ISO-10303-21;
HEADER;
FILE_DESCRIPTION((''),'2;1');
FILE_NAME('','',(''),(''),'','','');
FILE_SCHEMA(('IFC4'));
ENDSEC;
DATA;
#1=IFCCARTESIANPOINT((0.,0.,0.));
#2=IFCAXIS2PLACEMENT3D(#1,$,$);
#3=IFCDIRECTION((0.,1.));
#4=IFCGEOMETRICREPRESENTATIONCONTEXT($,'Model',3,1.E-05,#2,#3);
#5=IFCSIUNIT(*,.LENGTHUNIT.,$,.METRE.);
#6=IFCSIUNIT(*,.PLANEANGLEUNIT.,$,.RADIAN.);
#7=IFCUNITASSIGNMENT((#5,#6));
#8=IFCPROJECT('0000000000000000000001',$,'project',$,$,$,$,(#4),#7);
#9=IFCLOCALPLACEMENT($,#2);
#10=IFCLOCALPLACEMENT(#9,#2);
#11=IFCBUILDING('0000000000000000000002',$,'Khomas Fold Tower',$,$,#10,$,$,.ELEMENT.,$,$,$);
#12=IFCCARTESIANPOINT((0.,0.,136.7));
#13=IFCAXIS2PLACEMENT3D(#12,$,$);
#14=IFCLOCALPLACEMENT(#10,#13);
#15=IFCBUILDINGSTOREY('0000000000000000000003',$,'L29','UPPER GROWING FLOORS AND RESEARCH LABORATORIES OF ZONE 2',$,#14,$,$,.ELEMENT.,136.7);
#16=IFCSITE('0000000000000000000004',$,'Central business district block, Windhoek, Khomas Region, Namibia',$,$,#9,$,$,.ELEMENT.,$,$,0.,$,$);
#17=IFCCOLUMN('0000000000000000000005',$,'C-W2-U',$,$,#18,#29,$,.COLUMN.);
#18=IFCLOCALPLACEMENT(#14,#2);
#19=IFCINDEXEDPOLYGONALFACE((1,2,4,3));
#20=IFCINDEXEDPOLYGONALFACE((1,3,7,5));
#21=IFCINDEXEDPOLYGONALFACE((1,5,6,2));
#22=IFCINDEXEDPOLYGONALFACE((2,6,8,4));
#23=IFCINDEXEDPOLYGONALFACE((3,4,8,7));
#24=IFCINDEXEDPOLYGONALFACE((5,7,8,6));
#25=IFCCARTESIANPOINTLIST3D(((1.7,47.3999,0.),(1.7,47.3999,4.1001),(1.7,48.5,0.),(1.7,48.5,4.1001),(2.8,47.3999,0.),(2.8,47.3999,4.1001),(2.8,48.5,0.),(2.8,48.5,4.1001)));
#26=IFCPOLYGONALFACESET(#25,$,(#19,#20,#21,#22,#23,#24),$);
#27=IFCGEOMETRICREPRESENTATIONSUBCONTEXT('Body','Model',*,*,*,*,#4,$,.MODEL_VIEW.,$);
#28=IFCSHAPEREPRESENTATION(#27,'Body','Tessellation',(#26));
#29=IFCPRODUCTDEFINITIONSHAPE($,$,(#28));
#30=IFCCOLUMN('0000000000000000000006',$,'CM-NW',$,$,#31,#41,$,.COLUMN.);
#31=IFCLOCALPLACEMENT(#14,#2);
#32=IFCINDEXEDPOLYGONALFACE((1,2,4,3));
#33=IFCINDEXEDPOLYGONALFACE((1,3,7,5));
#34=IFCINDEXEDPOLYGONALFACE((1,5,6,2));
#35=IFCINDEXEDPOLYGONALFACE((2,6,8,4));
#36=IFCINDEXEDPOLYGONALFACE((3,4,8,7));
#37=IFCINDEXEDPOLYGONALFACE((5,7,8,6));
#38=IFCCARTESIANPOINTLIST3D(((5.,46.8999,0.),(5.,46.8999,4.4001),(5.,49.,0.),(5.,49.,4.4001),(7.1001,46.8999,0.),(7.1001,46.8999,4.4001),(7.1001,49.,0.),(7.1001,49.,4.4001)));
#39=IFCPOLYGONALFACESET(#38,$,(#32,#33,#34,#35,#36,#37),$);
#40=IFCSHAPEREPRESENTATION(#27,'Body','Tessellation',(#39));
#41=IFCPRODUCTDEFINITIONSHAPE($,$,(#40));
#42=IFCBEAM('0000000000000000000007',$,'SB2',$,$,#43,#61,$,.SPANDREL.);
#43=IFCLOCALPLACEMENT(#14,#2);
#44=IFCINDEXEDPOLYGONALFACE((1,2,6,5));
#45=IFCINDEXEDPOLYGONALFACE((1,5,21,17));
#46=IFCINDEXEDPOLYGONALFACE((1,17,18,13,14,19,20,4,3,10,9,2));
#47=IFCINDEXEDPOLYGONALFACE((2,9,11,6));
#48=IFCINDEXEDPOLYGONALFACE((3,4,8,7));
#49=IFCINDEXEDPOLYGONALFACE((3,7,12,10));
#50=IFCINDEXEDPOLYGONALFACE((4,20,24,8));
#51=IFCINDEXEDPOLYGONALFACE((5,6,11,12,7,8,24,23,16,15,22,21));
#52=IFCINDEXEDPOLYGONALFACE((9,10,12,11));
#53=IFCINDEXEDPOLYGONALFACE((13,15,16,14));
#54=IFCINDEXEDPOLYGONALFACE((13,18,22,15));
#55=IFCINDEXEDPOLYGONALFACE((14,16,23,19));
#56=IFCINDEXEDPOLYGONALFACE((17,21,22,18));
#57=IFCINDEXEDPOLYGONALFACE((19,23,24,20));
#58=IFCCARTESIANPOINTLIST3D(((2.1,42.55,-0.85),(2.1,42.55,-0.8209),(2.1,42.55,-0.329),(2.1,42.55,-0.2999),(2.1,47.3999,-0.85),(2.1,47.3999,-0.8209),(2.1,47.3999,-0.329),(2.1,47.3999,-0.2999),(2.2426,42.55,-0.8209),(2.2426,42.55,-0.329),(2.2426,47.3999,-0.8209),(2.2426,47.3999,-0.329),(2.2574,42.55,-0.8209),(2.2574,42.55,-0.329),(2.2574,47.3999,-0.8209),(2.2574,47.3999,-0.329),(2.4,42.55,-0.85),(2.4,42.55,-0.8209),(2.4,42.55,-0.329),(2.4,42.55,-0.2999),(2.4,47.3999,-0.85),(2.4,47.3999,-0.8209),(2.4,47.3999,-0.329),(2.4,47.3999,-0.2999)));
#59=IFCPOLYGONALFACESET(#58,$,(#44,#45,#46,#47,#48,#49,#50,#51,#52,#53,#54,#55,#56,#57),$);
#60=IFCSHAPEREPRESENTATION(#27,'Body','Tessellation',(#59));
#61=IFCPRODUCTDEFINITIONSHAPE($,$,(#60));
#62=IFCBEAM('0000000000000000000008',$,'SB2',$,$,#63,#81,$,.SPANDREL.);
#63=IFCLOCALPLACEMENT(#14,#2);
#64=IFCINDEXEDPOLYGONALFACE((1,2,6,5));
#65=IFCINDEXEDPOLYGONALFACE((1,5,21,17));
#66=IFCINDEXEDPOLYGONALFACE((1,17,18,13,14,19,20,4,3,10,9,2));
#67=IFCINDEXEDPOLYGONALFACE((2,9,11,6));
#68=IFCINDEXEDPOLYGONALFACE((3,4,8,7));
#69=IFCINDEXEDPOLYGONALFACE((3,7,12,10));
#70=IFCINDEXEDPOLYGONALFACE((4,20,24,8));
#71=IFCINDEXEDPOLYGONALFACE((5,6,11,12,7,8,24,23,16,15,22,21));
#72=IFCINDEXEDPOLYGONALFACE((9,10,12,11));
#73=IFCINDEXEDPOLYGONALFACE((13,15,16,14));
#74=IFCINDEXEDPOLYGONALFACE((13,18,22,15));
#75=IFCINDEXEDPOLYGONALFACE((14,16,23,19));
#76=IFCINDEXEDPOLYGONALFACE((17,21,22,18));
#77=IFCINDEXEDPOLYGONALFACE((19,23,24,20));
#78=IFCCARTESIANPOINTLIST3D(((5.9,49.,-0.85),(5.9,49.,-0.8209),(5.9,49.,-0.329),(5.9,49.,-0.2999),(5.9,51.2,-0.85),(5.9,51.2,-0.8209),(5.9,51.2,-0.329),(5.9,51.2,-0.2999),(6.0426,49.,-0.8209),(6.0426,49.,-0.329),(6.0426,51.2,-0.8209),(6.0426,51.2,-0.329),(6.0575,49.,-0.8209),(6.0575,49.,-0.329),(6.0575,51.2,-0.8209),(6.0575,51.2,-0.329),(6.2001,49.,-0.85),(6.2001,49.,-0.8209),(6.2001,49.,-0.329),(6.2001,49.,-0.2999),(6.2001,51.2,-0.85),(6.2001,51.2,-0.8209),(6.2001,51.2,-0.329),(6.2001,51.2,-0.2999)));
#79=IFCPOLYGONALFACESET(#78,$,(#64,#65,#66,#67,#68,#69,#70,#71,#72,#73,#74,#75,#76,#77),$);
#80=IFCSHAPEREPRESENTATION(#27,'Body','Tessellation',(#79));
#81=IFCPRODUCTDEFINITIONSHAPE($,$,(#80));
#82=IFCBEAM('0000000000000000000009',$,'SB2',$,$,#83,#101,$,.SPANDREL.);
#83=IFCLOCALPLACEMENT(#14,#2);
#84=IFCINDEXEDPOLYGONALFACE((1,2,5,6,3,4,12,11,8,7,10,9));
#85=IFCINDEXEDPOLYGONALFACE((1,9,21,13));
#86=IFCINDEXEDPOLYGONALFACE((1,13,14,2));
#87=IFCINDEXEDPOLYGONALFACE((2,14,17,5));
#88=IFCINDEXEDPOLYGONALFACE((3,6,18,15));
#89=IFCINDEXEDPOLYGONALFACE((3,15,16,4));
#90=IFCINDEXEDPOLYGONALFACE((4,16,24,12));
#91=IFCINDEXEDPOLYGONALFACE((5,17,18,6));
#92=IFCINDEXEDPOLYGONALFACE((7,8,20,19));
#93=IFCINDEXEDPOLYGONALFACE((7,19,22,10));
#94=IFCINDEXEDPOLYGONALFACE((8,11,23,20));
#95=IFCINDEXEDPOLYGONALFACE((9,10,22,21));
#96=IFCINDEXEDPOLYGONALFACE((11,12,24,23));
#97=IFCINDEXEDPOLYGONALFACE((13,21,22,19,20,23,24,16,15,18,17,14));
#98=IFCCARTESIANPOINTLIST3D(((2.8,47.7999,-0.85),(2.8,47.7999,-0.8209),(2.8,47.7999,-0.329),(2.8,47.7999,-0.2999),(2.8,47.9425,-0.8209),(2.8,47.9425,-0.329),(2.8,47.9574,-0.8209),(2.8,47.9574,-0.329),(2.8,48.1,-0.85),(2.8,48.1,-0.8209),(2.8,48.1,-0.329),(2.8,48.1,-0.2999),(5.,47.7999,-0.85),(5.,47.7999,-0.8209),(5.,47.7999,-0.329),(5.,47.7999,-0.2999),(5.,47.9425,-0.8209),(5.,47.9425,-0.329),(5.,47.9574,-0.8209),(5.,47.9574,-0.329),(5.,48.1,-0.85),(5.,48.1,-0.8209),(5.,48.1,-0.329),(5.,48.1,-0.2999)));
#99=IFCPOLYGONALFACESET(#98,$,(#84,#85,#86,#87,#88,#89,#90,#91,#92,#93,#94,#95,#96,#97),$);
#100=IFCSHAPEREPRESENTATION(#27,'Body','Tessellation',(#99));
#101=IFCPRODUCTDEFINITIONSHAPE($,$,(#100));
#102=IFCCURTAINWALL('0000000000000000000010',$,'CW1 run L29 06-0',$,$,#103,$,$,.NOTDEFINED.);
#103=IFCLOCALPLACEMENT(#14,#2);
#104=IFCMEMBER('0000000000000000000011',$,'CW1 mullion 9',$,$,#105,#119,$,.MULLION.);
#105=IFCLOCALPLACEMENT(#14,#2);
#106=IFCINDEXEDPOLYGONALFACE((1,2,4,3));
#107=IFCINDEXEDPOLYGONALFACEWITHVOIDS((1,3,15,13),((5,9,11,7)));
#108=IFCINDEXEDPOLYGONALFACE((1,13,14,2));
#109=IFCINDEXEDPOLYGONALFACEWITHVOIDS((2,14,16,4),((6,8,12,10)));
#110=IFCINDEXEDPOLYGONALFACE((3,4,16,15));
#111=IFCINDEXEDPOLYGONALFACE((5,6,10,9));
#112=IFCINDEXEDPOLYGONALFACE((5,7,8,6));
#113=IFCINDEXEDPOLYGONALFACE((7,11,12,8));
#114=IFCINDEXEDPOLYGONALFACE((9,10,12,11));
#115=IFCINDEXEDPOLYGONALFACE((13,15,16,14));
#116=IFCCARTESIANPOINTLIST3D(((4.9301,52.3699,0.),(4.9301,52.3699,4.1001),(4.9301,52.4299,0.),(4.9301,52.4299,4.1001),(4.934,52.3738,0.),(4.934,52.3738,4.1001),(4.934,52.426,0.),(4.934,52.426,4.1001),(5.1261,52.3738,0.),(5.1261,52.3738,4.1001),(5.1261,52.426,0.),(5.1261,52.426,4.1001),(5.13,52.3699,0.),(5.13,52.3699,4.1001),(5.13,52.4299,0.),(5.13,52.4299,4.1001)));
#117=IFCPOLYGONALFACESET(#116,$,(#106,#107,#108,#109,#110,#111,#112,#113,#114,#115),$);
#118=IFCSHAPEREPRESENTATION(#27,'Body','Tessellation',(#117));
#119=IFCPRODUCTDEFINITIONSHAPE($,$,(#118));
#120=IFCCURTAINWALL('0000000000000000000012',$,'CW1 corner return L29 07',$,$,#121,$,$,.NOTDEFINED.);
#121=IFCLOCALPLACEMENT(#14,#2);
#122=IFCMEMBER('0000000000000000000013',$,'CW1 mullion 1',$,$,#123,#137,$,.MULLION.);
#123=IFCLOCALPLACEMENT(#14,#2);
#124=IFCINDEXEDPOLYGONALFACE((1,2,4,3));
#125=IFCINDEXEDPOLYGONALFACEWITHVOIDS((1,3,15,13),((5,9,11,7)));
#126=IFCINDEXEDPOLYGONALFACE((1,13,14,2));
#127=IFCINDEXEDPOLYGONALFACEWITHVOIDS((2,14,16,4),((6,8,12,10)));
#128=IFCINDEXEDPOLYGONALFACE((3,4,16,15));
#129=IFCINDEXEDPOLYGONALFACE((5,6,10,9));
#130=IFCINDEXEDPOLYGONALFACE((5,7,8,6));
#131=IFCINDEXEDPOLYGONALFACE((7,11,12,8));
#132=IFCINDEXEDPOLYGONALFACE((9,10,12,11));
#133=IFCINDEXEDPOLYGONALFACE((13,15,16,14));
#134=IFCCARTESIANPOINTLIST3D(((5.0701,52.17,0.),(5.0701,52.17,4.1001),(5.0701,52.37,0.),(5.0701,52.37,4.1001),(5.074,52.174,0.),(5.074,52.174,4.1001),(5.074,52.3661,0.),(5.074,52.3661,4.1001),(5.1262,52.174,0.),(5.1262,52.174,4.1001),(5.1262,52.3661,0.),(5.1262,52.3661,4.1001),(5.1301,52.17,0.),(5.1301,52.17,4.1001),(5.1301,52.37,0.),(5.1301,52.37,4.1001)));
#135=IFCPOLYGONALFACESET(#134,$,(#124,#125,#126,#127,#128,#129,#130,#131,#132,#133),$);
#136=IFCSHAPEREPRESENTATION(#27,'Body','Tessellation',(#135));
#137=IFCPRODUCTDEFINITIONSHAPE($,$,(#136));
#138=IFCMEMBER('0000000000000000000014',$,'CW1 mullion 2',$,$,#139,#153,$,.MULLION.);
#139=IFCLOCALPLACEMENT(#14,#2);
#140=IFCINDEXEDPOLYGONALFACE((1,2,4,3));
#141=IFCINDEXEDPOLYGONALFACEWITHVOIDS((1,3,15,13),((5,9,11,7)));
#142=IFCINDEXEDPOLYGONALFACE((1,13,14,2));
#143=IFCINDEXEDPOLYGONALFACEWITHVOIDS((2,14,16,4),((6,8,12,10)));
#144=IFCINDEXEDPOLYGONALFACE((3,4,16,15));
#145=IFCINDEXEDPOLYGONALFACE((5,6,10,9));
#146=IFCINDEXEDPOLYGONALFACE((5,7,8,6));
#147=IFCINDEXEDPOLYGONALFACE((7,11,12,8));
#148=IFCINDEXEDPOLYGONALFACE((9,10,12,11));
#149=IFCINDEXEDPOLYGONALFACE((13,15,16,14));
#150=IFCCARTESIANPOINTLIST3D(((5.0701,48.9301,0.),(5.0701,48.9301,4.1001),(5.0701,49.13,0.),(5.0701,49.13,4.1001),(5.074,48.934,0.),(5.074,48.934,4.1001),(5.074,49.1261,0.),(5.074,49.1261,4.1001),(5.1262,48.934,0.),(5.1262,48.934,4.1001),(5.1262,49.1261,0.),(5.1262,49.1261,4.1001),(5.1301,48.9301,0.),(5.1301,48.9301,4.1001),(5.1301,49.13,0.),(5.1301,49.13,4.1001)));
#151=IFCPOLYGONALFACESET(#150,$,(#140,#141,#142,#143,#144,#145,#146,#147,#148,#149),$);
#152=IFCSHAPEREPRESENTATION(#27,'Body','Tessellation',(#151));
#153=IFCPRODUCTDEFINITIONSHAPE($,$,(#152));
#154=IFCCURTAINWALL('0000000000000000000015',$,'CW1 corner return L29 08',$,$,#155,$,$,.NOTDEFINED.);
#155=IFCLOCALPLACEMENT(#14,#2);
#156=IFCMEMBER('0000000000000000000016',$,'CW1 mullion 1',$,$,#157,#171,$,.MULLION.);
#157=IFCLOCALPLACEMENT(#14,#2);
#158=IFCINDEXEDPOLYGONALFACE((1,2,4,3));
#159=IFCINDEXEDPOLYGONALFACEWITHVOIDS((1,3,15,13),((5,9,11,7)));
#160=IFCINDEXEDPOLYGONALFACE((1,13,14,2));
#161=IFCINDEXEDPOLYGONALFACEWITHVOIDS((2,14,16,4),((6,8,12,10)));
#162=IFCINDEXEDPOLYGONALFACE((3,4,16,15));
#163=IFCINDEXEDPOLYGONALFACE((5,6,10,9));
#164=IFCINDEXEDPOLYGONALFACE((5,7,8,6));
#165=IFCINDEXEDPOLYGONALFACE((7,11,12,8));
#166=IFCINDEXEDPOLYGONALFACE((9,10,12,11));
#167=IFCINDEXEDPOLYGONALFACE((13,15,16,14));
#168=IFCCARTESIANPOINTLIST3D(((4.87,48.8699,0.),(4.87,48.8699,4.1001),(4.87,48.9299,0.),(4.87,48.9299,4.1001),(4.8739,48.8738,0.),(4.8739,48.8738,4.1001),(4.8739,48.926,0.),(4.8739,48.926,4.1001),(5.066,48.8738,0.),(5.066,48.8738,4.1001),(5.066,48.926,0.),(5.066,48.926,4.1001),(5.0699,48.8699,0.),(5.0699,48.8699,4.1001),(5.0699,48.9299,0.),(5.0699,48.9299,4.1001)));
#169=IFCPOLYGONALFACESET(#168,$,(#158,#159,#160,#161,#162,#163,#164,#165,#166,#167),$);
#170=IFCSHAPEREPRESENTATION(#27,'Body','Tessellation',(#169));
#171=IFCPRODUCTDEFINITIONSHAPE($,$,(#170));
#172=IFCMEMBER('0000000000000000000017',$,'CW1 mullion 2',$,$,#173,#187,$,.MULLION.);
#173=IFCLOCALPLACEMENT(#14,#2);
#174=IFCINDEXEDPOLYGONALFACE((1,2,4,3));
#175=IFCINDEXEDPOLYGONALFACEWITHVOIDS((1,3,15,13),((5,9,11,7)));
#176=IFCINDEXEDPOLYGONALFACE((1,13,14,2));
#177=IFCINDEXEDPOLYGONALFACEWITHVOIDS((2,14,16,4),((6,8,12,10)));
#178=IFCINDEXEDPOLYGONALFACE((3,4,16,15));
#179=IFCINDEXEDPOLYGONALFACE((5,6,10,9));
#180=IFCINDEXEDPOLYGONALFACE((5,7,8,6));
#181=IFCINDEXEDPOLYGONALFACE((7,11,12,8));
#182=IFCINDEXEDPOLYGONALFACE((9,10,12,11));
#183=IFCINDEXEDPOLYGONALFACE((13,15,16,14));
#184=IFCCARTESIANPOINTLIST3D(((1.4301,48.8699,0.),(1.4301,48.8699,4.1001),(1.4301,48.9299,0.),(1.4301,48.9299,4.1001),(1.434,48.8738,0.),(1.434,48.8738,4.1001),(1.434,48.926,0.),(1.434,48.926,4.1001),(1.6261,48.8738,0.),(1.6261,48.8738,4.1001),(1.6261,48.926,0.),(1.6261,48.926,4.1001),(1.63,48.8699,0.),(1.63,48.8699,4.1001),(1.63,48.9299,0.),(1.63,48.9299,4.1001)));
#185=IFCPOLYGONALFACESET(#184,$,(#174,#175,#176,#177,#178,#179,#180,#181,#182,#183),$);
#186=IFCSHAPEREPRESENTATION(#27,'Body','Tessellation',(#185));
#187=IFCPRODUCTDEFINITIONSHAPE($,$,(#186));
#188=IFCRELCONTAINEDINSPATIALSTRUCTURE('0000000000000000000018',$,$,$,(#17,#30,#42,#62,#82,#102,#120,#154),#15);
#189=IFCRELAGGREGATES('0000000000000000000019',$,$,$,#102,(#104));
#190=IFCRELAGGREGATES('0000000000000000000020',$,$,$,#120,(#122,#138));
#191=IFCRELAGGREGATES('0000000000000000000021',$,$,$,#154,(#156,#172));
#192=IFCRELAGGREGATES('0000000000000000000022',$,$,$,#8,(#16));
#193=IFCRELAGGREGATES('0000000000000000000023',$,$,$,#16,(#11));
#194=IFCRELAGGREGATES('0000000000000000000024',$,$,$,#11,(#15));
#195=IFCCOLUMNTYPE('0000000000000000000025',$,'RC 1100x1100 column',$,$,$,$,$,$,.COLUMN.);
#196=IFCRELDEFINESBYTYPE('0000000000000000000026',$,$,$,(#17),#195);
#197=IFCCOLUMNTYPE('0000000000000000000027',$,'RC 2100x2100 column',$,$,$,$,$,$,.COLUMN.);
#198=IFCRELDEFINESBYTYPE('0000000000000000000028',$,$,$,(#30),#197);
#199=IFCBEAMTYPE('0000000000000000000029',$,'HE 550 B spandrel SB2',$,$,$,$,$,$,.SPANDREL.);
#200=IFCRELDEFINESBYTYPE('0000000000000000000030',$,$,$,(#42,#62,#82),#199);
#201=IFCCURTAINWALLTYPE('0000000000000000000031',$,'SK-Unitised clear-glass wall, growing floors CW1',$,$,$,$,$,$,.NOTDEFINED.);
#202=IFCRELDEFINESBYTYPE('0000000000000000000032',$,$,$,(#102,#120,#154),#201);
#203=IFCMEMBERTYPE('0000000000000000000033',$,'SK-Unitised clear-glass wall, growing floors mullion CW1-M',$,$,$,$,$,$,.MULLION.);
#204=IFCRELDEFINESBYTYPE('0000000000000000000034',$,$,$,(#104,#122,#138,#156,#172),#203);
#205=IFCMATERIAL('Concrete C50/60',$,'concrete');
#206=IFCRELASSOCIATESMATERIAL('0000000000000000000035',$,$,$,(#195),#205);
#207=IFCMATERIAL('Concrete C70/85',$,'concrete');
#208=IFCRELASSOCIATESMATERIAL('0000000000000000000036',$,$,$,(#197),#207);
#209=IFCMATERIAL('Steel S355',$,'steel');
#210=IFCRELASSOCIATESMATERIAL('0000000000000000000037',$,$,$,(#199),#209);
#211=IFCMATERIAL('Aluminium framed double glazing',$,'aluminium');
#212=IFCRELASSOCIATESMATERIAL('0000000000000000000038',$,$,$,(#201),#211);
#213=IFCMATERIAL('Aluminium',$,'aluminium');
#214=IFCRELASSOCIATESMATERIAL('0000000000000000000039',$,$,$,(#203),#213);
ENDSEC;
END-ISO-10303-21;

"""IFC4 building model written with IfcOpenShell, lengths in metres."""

from ifc_helpers import new_model, si_unit, direction, frame, origin, origin_2d, place, context, subcontext, project, spatial, rectangle, hollow_rectangle, i_section, extrude, source, transform, mapped, material, material_profile, profile_set, type_object, element, aggregate, save


model = new_model("IFC4")

# Units and contexts
model_context = context("Model", 3, precision=1e-05, world=origin(), true_north=direction((0.0, 1.0)))
body_context = subcontext(model_context, "Body", "Model", "MODEL_VIEW")
ifc_project = project(units=[si_unit("LENGTHUNIT", "METRE"), si_unit("PLANEANGLEUNIT", "RADIAN")], contexts=[model_context])

# Site, building, storey
site_placement = place(None, origin())
site = spatial("IfcSite", under=ifc_project, at=site_placement, Name="Central business district block, Windhoek, Khomas Region, Namibia", CompositionType="ELEMENT", RefElevation=0.0)
building_placement = place(site_placement, origin())
building = spatial("IfcBuilding", under=site, at=building_placement, Name="Khomas Fold Tower", CompositionType="ELEMENT")
storey_placement = place(building_placement, frame((0.0, 0.0, 136.7)))
storey = spatial("IfcBuildingStorey", under=building, at=storey_placement, Name="L29", Description="UPPER GROWING FLOORS AND RESEARCH LABORATORIES OF ZONE 2", CompositionType="ELEMENT", Elevation=136.7)

# Columns
ifc_material_1 = material(Name="Concrete C50/60", Category="concrete")
ifc_material_profile_1 = material_profile(ifc_material_1, rectangle(XDim=1.1001, YDim=1.1001, at=origin_2d()), Name="RC 1100x1100")
ifc_profile_set_1 = profile_set([ifc_material_profile_1], Name="Concrete C50/60")
column_type_1 = type_object("IfcColumnType", Name="RC 1100x1100 column", PredefinedType="COLUMN", material=ifc_profile_set_1)
shared_shape_1 = source(origin(), body_context, "Body", "SweptSolid", [
    extrude(rectangle(XDim=1.1001, YDim=1.1001, at=origin_2d()), origin(), (0.0, 0.0, 1.0), 4.1001),
])
column_1_placement = place(storey_placement, frame((2.25, 47.95, 0.0), z_axis=(0.0, 0.0, 1.0), x_axis=(1.0, 0.0, 0.0)))
element("IfcColumn", 1, at=column_1_placement, inside=storey, type_object=column_type_1, Name="C-W2-U", PredefinedType="COLUMN", context=body_context, shape_type="MappedRepresentation", body=[
    mapped(shared_shape_1, transform((0.0, 0.0, 0.0))),
])
ifc_material_2 = material(Name="Concrete C70/85", Category="concrete")
ifc_material_profile_2 = material_profile(ifc_material_2, rectangle(XDim=2.1001, YDim=2.1001, at=origin_2d()), Name="RC 2100x2100")
ifc_profile_set_2 = profile_set([ifc_material_profile_2], Name="Concrete C70/85")
column_type_2 = type_object("IfcColumnType", Name="RC 2100x2100 column", PredefinedType="COLUMN", material=ifc_profile_set_2)
shared_shape_2 = source(origin(), body_context, "Body", "SweptSolid", [
    extrude(rectangle(XDim=2.1001, YDim=2.1001, at=origin_2d()), origin(), (0.0, 0.0, 1.0), 4.4001),
])
column_2_placement = place(storey_placement, frame((6.05, 47.95, 0.0), z_axis=(0.0, 0.0, 1.0), x_axis=(1.0, 0.0, 0.0)))
element("IfcColumn", 2, at=column_2_placement, inside=storey, type_object=column_type_2, Name="CM-NW", PredefinedType="COLUMN", context=body_context, shape_type="MappedRepresentation", body=[
    mapped(shared_shape_2, transform((0.0, 0.0, 0.0))),
])

# Beams
ifc_material_3 = material(Name="Steel S355", Category="steel")
ifc_material_profile_3 = material_profile(ifc_material_3, i_section(OverallWidth=0.3, OverallDepth=0.55, WebThickness=0.0149, FlangeThickness=0.0291, at=origin_2d()), Name="HE 550 B")
ifc_profile_set_3 = profile_set([ifc_material_profile_3], Name="Steel S355")
beam_type = type_object("IfcBeamType", Name="HE 550 B spandrel SB2", PredefinedType="SPANDREL", material=ifc_profile_set_3)
shared_shape_3 = source(origin(), body_context, "Body", "SweptSolid", [
    extrude(i_section(OverallWidth=0.3, OverallDepth=0.55, WebThickness=0.0149, FlangeThickness=0.0291, at=origin_2d()), origin(), (0.0, 0.0, 1.0), 4.8499),
])
beam_placement = place(storey_placement, frame((2.25, 42.55, -0.575), z_axis=(0.0, 1.0, 0.0), x_axis=(-1.0, 0.0, 0.0)))
element("IfcBeam", 3, at=beam_placement, inside=storey, type_object=beam_type, Name="SB2", PredefinedType="SPANDREL", context=body_context, shape_type="MappedRepresentation", body=[
    mapped(shared_shape_3, transform((0.0, 0.0, 0.0))),
])
shared_shape_4 = source(origin(), body_context, "Body", "SweptSolid", [
    extrude(i_section(OverallWidth=0.3, OverallDepth=0.55, WebThickness=0.0149, FlangeThickness=0.0291, at=origin_2d()), origin(), (0.0, 0.0, 1.0), 2.2),
])
for number, where, z_axis, x_axis, name in (
    (4, (6.05, 49.0, -0.575), (0.0, 1.0, 0.0), (-1.0, 0.0, 0.0), "SB2"),
    (5, (2.8, 47.95, -0.575), (1.0, 0.0, 0.0), (0.0, 1.0, 0.0), "SB2"),
):
    element("IfcBeam", number, at=place(storey_placement, frame(where, z_axis=z_axis, x_axis=x_axis)), inside=storey, type_object=beam_type, Name=name, PredefinedType="SPANDREL", context=body_context, shape_type="MappedRepresentation", body=[
        mapped(shared_shape_4, transform((0.0, 0.0, 0.0))),
    ])

# Curtain wall, member
ifc_material_4 = material(Name="Aluminium framed double glazing", Category="aluminium")
curtain_wall_type = type_object("IfcCurtainWallType", Name="SK-Unitised clear-glass wall, growing floors CW1", PredefinedType="NOTDEFINED", material=ifc_material_4)
curtain_wall_1_placement = place(storey_placement, origin())
curtain_wall_1 = element("IfcCurtainWall", 6, at=curtain_wall_1_placement, inside=storey, type_object=curtain_wall_type, Name="CW1 run L29 06-0", PredefinedType="NOTDEFINED")
ifc_material_5 = material(Name="Aluminium", Category="aluminium")
ifc_material_profile_4 = material_profile(ifc_material_5, hollow_rectangle(XDim=0.0601, YDim=0.2, WallThickness=0.0039, at=origin_2d()), Name="SK-Unitised clear-glass wall, growing floors mullion CW1-M")
ifc_profile_set_4 = profile_set([ifc_material_profile_4], Name="Aluminium")
member_type_1 = type_object("IfcMemberType", Name="SK-Unitised clear-glass wall, growing floors mullion CW1-M", PredefinedType="MULLION", material=ifc_profile_set_4)
shared_shape_5 = source(origin(), body_context, "Body", "SweptSolid", [
    extrude(hollow_rectangle(XDim=0.0601, YDim=0.2, WallThickness=0.0039, at=origin_2d()), origin(), (0.0, 0.0, 1.0), 4.1001),
])
member_1_placement = place(storey_placement, frame((5.03, 52.3999, 0.0), z_axis=(0.0, 0.0, 1.0), x_axis=(0.0, -1.0, 0.0)))
member_1 = element("IfcMember", 7, at=member_1_placement, type_object=member_type_1, Name="CW1 mullion 9", PredefinedType="MULLION", context=body_context, shape_type="MappedRepresentation", body=[
    mapped(shared_shape_5, transform((0.0, 0.0, 0.0))),
])

# Curtain walls, members
curtain_wall_2_placement = place(storey_placement, origin())
curtain_wall_2 = element("IfcCurtainWall", 8, at=curtain_wall_2_placement, inside=storey, type_object=curtain_wall_type, Name="CW1 corner return L29 07", PredefinedType="NOTDEFINED")
member_2_placement = place(storey_placement, frame((5.1001, 52.27, 0.0), z_axis=(0.0, 0.0, 1.0), x_axis=(1.0, 0.0, 0.0)))
member_2 = element("IfcMember", 9, at=member_2_placement, type_object=member_type_1, Name="CW1 mullion 1", PredefinedType="MULLION", context=body_context, shape_type="MappedRepresentation", body=[
    mapped(shared_shape_5, transform((0.0, 0.0, 0.0))),
])
member_3_placement = place(storey_placement, frame((5.1001, 49.03, 0.0), z_axis=(0.0, 0.0, 1.0), x_axis=(1.0, 0.0, 0.0)))
member_3 = element("IfcMember", 10, at=member_3_placement, type_object=member_type_1, Name="CW1 mullion 2", PredefinedType="MULLION", context=body_context, shape_type="MappedRepresentation", body=[
    mapped(shared_shape_5, transform((0.0, 0.0, 0.0))),
])
curtain_wall_3_placement = place(storey_placement, origin())
curtain_wall_3 = element("IfcCurtainWall", 11, at=curtain_wall_3_placement, inside=storey, type_object=curtain_wall_type, Name="CW1 corner return L29 08", PredefinedType="NOTDEFINED")
member_4_placement = place(storey_placement, frame((4.97, 48.8999, 0.0), z_axis=(0.0, 0.0, 1.0), x_axis=(0.0, -1.0, 0.0)))
member_4 = element("IfcMember", 12, at=member_4_placement, type_object=member_type_1, Name="CW1 mullion 1", PredefinedType="MULLION", context=body_context, shape_type="MappedRepresentation", body=[
    mapped(shared_shape_5, transform((0.0, 0.0, 0.0))),
])
member_5_placement = place(storey_placement, frame((1.53, 48.8999, 0.0), z_axis=(0.0, 0.0, 1.0), x_axis=(0.0, -1.0, 0.0)))
member_5 = element("IfcMember", 13, at=member_5_placement, type_object=member_type_1, Name="CW1 mullion 2", PredefinedType="MULLION", context=body_context, shape_type="MappedRepresentation", body=[
    mapped(shared_shape_5, transform((0.0, 0.0, 0.0))),
])

aggregate(curtain_wall_1, [member_1])
aggregate(curtain_wall_2, [member_2, member_3])
aggregate(curtain_wall_3, [member_4, member_5])

save(model, "model.ifc")
